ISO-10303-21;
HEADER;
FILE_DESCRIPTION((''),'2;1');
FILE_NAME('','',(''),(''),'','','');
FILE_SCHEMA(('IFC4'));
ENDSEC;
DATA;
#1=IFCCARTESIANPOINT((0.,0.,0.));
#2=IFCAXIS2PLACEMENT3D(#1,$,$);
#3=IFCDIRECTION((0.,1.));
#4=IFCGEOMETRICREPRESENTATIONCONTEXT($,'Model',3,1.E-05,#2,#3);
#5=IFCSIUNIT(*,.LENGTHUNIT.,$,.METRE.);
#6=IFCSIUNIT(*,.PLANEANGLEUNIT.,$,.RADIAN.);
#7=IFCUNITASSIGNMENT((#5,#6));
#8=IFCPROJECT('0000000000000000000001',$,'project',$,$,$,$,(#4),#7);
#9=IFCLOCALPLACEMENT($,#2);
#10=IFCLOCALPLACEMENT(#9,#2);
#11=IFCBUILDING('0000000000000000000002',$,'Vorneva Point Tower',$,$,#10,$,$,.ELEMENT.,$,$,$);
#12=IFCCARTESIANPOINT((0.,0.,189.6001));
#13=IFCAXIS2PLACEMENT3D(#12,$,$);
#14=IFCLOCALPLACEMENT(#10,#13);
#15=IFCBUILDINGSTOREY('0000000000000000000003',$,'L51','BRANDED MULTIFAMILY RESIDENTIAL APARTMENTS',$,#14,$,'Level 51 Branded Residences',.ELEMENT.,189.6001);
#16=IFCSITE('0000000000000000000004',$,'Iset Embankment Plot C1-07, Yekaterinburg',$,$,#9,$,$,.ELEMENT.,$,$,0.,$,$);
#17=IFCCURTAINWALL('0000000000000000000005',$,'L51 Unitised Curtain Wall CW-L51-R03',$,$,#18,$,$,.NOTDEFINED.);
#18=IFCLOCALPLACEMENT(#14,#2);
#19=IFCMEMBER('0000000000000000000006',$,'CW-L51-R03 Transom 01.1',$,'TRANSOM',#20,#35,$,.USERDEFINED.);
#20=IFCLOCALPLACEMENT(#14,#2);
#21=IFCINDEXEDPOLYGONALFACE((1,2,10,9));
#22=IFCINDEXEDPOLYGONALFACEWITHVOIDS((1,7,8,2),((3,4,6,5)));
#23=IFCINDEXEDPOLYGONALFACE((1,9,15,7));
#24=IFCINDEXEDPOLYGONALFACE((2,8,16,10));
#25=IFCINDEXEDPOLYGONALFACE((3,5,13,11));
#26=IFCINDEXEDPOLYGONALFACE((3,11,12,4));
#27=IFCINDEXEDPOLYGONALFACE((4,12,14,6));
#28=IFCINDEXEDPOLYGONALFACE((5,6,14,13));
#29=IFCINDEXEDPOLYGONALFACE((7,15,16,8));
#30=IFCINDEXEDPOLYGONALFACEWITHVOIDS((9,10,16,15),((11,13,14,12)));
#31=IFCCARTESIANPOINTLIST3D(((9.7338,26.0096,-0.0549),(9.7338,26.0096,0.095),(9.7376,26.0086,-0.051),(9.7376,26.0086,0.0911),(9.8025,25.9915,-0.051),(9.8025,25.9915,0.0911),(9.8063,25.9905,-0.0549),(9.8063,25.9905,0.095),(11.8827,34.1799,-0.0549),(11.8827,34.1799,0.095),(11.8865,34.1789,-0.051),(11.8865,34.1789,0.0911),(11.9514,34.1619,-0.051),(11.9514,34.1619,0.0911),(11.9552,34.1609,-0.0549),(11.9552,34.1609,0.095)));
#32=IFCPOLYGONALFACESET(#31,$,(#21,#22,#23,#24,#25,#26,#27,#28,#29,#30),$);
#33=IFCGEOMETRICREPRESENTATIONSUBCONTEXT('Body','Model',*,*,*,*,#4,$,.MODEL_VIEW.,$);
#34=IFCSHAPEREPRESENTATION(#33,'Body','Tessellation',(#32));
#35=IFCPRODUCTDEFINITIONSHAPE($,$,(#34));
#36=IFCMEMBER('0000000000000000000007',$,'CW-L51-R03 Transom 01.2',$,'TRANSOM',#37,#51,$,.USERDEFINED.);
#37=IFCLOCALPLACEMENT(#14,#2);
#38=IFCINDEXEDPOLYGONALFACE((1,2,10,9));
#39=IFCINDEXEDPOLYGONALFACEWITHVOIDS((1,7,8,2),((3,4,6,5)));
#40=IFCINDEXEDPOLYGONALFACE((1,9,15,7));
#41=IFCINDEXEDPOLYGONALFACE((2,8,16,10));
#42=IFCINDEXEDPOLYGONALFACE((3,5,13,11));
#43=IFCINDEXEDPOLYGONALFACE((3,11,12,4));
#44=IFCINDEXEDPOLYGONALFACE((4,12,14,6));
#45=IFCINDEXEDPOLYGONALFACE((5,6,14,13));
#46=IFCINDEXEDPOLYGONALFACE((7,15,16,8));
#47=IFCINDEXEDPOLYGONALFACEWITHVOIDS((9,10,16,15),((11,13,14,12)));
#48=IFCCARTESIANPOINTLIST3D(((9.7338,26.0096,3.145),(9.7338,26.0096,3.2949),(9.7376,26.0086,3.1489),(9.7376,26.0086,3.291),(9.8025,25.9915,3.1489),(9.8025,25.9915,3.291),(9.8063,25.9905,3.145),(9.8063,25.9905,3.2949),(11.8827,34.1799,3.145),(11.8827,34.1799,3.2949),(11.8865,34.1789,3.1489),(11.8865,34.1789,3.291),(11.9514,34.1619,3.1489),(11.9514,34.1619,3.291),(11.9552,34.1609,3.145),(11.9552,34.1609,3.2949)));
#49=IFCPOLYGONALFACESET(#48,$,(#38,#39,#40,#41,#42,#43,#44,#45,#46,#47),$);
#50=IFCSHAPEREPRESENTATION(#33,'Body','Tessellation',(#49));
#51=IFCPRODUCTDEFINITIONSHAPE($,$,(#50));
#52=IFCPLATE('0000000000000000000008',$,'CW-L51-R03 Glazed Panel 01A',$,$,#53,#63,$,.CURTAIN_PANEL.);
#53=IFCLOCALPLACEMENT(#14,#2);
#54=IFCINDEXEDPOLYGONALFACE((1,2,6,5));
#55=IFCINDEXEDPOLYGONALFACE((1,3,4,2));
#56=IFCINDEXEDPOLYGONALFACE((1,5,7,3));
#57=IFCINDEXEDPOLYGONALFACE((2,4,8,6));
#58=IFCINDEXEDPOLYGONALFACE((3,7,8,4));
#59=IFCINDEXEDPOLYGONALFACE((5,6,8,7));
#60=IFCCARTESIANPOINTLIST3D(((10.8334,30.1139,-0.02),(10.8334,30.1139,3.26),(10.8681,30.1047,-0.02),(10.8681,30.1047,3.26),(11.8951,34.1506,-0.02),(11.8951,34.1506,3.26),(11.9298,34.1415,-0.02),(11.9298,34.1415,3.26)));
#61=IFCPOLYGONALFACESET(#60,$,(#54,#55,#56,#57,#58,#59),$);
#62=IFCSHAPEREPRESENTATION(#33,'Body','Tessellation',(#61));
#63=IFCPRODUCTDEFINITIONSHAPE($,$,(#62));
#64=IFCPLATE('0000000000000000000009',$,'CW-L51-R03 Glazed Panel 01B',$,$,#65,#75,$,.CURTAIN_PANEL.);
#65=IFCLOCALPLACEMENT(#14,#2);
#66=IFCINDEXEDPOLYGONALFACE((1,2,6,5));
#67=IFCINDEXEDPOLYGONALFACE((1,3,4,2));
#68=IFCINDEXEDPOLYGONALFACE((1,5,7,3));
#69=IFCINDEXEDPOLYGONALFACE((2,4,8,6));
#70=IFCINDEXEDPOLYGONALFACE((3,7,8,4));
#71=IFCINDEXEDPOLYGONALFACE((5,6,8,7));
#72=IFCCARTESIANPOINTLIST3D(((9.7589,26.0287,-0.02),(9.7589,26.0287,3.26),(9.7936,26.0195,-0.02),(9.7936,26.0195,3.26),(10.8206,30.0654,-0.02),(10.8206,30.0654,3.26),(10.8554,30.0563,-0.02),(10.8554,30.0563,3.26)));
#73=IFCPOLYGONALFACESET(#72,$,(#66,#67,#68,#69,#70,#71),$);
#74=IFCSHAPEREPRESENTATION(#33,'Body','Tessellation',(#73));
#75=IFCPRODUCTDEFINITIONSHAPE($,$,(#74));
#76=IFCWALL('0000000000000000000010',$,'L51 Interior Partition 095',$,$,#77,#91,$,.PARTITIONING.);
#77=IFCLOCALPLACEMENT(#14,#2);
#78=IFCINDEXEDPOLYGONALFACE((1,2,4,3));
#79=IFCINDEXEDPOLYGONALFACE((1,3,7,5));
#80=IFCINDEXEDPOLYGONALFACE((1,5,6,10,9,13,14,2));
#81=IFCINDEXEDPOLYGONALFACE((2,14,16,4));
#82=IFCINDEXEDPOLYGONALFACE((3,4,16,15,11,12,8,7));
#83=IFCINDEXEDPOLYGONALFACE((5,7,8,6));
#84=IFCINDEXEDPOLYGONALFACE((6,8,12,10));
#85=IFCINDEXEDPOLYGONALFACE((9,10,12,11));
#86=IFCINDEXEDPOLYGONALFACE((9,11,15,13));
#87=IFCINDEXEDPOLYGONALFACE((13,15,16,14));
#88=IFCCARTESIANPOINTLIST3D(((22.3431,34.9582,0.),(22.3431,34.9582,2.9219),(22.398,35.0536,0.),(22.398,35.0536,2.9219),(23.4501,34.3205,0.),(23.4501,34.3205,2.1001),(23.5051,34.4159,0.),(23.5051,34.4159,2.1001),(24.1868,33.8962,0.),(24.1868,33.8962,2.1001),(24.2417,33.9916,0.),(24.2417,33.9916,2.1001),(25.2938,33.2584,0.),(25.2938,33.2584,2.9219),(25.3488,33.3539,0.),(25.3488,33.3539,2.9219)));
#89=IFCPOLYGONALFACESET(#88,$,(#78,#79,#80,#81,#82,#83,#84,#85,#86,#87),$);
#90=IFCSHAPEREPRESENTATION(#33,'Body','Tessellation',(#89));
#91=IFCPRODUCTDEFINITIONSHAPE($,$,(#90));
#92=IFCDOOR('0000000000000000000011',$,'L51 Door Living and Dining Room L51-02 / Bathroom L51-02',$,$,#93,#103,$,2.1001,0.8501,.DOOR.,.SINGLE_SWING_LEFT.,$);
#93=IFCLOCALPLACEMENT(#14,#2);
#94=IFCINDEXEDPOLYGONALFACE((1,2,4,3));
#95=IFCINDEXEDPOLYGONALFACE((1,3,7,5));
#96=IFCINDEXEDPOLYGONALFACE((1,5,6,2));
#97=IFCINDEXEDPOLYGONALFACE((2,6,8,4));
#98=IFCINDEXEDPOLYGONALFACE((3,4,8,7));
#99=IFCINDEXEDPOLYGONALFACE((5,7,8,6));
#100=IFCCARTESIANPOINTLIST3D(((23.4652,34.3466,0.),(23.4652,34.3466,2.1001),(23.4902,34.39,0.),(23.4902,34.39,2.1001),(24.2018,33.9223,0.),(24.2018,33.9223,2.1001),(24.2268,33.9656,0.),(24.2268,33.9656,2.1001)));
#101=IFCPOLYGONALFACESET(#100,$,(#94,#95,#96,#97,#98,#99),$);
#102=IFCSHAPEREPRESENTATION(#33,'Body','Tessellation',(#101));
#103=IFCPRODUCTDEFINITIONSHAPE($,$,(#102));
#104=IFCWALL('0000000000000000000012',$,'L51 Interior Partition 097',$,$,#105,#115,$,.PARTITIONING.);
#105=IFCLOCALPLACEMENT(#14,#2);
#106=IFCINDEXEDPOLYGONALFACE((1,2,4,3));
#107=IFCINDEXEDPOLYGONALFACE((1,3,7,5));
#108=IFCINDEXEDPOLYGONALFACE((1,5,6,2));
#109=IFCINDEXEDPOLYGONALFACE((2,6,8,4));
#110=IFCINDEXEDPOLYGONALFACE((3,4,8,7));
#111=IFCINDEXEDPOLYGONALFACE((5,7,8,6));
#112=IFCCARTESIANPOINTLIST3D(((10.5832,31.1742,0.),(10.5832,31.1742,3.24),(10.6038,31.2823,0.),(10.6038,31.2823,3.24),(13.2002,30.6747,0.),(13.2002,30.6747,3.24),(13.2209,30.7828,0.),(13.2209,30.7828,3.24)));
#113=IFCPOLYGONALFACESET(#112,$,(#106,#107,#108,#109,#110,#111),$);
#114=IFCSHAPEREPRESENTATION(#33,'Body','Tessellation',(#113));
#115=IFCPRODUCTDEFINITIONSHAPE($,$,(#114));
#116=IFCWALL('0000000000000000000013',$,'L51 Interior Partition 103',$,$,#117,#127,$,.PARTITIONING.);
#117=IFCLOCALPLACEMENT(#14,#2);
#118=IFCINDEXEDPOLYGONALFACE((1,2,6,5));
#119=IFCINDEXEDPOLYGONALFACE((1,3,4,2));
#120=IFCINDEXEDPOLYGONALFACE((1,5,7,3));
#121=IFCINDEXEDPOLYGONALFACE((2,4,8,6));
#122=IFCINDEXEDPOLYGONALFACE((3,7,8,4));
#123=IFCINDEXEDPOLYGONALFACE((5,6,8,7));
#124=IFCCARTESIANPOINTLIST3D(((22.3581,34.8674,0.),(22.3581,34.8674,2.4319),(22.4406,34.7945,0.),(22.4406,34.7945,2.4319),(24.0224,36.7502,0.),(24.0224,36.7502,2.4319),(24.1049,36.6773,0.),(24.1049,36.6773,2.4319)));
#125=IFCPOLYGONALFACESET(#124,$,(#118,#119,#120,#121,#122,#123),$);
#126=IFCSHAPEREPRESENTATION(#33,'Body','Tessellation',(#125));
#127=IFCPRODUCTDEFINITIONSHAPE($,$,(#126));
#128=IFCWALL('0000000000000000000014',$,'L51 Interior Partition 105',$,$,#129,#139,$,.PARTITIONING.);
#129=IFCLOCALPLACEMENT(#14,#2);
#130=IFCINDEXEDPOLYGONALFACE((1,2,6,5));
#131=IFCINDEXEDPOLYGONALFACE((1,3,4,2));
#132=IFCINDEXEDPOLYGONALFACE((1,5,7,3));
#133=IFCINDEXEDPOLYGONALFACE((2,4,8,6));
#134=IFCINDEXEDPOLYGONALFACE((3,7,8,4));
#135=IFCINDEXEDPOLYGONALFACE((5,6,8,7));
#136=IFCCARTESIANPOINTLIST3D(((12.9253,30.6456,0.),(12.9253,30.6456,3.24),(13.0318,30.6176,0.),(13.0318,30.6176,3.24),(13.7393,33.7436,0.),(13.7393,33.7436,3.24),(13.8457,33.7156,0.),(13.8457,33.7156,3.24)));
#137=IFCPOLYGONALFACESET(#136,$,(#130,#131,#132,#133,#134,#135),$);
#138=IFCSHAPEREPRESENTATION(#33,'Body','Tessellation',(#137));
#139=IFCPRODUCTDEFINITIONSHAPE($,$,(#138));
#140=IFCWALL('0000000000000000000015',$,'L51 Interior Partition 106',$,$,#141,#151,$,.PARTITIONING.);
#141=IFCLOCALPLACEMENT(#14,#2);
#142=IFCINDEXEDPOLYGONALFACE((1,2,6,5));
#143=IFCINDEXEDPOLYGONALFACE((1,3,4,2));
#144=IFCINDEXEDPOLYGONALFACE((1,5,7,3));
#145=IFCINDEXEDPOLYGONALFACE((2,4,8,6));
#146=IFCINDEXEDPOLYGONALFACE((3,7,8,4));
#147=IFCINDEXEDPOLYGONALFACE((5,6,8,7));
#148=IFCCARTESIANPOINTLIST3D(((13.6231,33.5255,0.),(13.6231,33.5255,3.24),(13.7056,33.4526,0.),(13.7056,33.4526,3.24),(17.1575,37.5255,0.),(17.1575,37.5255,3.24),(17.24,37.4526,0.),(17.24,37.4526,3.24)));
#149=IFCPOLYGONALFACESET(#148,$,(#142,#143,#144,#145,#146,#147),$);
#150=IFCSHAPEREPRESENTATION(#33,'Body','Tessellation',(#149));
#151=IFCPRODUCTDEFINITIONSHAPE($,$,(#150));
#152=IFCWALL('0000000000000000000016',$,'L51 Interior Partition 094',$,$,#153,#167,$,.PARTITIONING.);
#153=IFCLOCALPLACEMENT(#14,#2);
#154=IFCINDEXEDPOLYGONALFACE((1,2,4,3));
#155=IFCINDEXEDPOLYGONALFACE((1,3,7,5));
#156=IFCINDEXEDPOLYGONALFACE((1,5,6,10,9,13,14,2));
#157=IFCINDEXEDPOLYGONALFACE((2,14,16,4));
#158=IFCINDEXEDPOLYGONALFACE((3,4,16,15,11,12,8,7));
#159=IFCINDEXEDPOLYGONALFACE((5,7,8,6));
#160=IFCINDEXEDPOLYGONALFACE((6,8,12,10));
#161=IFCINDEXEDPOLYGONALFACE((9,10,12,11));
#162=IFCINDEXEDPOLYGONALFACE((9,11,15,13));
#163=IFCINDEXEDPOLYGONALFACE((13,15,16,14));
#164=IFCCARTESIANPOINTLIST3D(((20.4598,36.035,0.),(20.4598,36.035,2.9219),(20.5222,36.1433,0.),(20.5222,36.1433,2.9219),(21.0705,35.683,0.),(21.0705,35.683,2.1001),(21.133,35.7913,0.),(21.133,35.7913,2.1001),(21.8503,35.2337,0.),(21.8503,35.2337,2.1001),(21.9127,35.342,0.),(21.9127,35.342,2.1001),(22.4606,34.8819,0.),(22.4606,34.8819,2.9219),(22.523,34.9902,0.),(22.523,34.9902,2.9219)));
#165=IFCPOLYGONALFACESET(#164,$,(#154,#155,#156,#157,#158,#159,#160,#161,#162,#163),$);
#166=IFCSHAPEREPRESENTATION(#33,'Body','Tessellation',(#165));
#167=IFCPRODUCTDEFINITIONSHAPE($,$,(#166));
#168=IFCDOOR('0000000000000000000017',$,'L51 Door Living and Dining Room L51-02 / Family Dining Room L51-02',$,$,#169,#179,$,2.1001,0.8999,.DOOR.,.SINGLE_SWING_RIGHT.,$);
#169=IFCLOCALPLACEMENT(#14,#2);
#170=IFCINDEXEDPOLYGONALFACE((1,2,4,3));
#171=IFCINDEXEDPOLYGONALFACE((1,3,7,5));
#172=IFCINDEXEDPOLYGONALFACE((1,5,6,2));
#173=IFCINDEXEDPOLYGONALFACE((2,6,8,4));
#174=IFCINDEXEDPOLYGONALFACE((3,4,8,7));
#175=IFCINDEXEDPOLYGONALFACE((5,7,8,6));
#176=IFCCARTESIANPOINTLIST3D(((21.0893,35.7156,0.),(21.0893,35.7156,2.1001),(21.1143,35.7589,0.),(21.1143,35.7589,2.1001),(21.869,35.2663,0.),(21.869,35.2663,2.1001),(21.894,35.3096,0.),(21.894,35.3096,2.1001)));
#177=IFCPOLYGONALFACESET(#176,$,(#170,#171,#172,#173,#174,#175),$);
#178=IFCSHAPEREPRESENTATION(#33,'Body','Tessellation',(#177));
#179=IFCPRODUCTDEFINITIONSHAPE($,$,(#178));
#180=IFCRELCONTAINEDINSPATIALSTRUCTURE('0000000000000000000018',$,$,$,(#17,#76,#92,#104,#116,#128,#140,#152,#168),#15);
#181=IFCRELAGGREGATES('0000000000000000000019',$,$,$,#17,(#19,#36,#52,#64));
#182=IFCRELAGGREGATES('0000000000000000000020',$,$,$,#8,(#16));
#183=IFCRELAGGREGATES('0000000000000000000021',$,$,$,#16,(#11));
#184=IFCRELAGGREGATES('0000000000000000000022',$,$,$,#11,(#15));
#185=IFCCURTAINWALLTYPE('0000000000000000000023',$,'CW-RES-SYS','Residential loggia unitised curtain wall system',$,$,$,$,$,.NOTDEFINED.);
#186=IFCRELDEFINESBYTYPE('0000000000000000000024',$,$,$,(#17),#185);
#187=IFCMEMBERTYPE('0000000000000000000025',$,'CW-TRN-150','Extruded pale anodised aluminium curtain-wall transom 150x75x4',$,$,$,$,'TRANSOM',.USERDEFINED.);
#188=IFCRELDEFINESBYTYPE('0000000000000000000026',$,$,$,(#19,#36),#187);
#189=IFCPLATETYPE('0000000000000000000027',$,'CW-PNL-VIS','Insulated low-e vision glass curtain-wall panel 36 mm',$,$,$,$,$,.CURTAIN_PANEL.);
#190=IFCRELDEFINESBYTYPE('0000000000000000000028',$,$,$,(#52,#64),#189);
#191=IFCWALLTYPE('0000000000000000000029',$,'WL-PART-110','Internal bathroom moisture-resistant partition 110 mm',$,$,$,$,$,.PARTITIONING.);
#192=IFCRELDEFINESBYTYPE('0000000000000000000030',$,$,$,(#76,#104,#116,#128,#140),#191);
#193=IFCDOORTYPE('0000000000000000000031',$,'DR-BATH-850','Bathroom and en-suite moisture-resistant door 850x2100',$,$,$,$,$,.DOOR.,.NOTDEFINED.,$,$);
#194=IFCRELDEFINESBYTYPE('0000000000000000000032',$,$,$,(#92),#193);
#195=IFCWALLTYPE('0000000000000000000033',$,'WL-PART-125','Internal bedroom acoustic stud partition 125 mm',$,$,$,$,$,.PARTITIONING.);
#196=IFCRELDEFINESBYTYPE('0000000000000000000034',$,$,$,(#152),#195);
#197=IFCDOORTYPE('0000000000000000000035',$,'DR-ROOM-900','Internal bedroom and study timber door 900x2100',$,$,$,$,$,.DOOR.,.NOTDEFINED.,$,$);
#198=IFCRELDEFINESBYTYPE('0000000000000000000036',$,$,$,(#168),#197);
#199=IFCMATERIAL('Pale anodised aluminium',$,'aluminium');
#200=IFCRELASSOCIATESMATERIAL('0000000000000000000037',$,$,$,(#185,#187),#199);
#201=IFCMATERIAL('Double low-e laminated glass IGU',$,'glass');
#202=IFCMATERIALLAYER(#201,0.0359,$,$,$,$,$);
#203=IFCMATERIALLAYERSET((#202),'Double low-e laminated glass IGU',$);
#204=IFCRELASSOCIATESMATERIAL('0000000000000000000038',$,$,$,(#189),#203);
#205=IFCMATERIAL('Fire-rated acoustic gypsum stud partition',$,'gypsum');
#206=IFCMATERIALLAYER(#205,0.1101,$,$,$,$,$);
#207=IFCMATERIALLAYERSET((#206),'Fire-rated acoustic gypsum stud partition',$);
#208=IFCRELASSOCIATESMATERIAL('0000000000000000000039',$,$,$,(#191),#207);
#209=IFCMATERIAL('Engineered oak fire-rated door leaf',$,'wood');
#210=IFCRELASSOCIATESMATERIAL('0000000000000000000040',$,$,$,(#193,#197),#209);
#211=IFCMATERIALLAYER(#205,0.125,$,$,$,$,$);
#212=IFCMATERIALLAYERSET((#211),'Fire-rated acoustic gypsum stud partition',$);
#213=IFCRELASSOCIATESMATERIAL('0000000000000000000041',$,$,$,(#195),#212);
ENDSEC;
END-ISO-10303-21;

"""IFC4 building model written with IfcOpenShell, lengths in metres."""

from ifc_helpers import new_model, si_unit, direction, frame, frame_2d, origin, origin_2d, place, context, subcontext, project, spatial, rectangle, hollow_rectangle, extrude, material, layer, layer_set, material_profile, profile_set, type_object, element, fill, aggregate, save


model = new_model("IFC4")

# Units and contexts
model_context = context("Model", 3, precision=1e-05, world=origin(), true_north=direction((0.0, 1.0)))
body_context = subcontext(model_context, "Body", "Model", "MODEL_VIEW")
ifc_project = project(units=[si_unit("LENGTHUNIT", "METRE"), si_unit("PLANEANGLEUNIT", "RADIAN")], contexts=[model_context])

# Site, building, storey
site_placement = place(None, origin())
site = spatial("IfcSite", under=ifc_project, at=site_placement, Name="Iset Embankment Plot C1-07, Yekaterinburg", CompositionType="ELEMENT", RefElevation=0.0)
building_placement = place(site_placement, origin())
building = spatial("IfcBuilding", under=site, at=building_placement, Name="Vorneva Point Tower", CompositionType="ELEMENT")
storey_placement = place(building_placement, frame((0.0, 0.0, 189.6001)))
storey = spatial("IfcBuildingStorey", under=building, at=storey_placement, Name="L51", Description="BRANDED MULTIFAMILY RESIDENTIAL APARTMENTS", LongName="Level 51 Branded Residences", CompositionType="ELEMENT", Elevation=189.6001)

# Curtain wall, members, plates
ifc_material_1 = material(Name="Pale anodised aluminium", Category="aluminium")
curtain_wall_type = type_object("IfcCurtainWallType", Name="CW-RES-SYS", Description="Residential loggia unitised curtain wall system", PredefinedType="NOTDEFINED", material=ifc_material_1)
curtain_wall_placement = place(storey_placement, origin())
curtain_wall = element("IfcCurtainWall", 1, at=curtain_wall_placement, inside=storey, type_object=curtain_wall_type, Name="L51 Unitised Curtain Wall CW-L51-R03", PredefinedType="NOTDEFINED")
ifc_material_profile_1 = material_profile(ifc_material_1, hollow_rectangle(XDim=0.075, YDim=0.1499, WallThickness=0.0039, at=origin_2d()), Name="AL-TRN 150x75x4")
ifc_profile_set_1 = profile_set([ifc_material_profile_1], Name="Pale anodised aluminium")
member_type_1 = type_object("IfcMemberType", Name="CW-TRN-150", Description="Extruded pale anodised aluminium curtain-wall transom 150x75x4", ElementType="TRANSOM", PredefinedType="USERDEFINED", material=ifc_profile_set_1)
member_1_placement = place(storey_placement, frame((11.9189, 34.1704, 0.02), z_axis=(-0.254362, -0.967109, 0.0), x_axis=(0.967109, -0.254362, 0.0)))
member_1 = element("IfcMember", 2, at=member_1_placement, type_object=member_type_1, Name="CW-L51-R03 Transom 01.1", ObjectType="TRANSOM", PredefinedType="USERDEFINED", context=body_context, shape_type="SweptSolid", body=[
    extrude(hollow_rectangle(XDim=0.075, YDim=0.1499, WallThickness=0.0039, at=origin_2d()), origin(), (0.0, 0.0, 1.0), 8.4482),
])
member_2_placement = place(storey_placement, frame((11.9189, 34.1704, 3.22), z_axis=(-0.254362, -0.967109, 0.0), x_axis=(0.967109, -0.254362, 0.0)))
member_2 = element("IfcMember", 3, at=member_2_placement, type_object=member_type_1, Name="CW-L51-R03 Transom 01.2", ObjectType="TRANSOM", PredefinedType="USERDEFINED", context=body_context, shape_type="SweptSolid", body=[
    extrude(hollow_rectangle(XDim=0.075, YDim=0.1499, WallThickness=0.0039, at=origin_2d()), origin(), (0.0, 0.0, 1.0), 8.4482),
])
ifc_material_2 = material(Name="Double low-e laminated glass IGU", Category="glass")
ifc_layer_1 = layer(ifc_material_2, 0.0359)
ifc_layer_set_1 = layer_set([ifc_layer_1], Name="Double low-e laminated glass IGU")
plate_type = type_object("IfcPlateType", Name="CW-PNL-VIS", Description="Insulated low-e vision glass curtain-wall panel 36 mm", PredefinedType="CURTAIN_PANEL", material=ifc_layer_set_1)
plate_1_placement = place(storey_placement, frame((11.3816, 32.1277, -0.02), z_axis=(0.0, 0.0, 1.0), x_axis=(-0.254366, -0.967108, 0.0)))
plate_1 = element("IfcPlate", 4, at=plate_1_placement, type_object=plate_type, Name="CW-L51-R03 Glazed Panel 01A", PredefinedType="CURTAIN_PANEL", context=body_context, shape_type="SweptSolid", body=[
    extrude(rectangle(XDim=4.1741, YDim=0.0359, at=origin_2d()), origin(), (0.0, 0.0, 1.0), 3.28),
])
plate_2_placement = place(storey_placement, frame((10.3071, 28.0425, -0.02), z_axis=(0.0, 0.0, 1.0), x_axis=(-0.254366, -0.967108, 0.0)))
plate_2 = element("IfcPlate", 5, at=plate_2_placement, type_object=plate_type, Name="CW-L51-R03 Glazed Panel 01B", PredefinedType="CURTAIN_PANEL", context=body_context, shape_type="SweptSolid", body=[
    extrude(rectangle(XDim=4.1741, YDim=0.0359, at=origin_2d()), origin(), (0.0, 0.0, 1.0), 3.28),
])
aggregate(curtain_wall, [member_1, member_2, plate_1, plate_2])

# Wall, opening, door
ifc_material_3 = material(Name="Fire-rated acoustic gypsum stud partition", Category="gypsum")
ifc_layer_2 = layer(ifc_material_3, 0.1101)
ifc_layer_set_2 = layer_set([ifc_layer_2], Name="Fire-rated acoustic gypsum stud partition")
wall_type_1 = type_object("IfcWallType", Name="WL-PART-110", Description="Internal bathroom moisture-resistant partition 110 mm", PredefinedType="PARTITIONING", material=ifc_layer_set_2)
wall_1_placement = place(storey_placement, frame((25.3213, 33.3062, 0.0), z_axis=(0.0, 0.0, 1.0), x_axis=(-0.866517, 0.499147, 0.0)))
wall_1 = element("IfcWall", 6, at=wall_1_placement, inside=storey, type_object=wall_type_1, Name="L51 Interior Partition 095", PredefinedType="PARTITIONING", context=body_context, shape_type="SweptSolid", body=[
    extrude(rectangle(XDim=3.4053, YDim=0.1101, at=frame_2d((1.7026, 0.0))), origin(), (0.0, 0.0, 1.0), 2.9219),
])
opening_1_placement = place(wall_1_placement, frame((1.2776, 0.0, 0.0)))
opening_1 = element("IfcOpeningElement", 7, at=opening_1_placement, cuts=wall_1, PredefinedType="OPENING", context=body_context, shape_type="SweptSolid", body=[
    extrude(rectangle(XDim=0.8501, YDim=2.1001, at=frame_2d((0.425, 1.05))), frame((0.0, 0.0698, 0.0), z_axis=(0.0, -1.0, 0.0), x_axis=(1.0, 0.0, 0.0)), (0.0, 0.0, 1.0), 0.1399),
])
ifc_material_4 = material(Name="Engineered oak fire-rated door leaf", Category="wood")
door_type_1 = type_object("IfcDoorType", Name="DR-BATH-850", Description="Bathroom and en-suite moisture-resistant door 850x2100", OperationType="NOTDEFINED", PredefinedType="DOOR", material=ifc_material_4)
door_1_placement = place(opening_1_placement, origin())
door_1 = element("IfcDoor", 8, at=door_1_placement, inside=storey, type_object=door_type_1, Name="L51 Door Living and Dining Room L51-02 / Bathroom L51-02", OperationType="SINGLE_SWING_LEFT", OverallHeight=2.1001, OverallWidth=0.8501, PredefinedType="DOOR", context=body_context, shape_type="SweptSolid", body=[
    extrude(rectangle(XDim=0.8501, YDim=2.1001, at=frame_2d((0.425, 1.05))), frame((0.0, 0.0249, 0.0), z_axis=(0.0, -1.0, 0.0), x_axis=(1.0, 0.0, 0.0)), (0.0, 0.0, 1.0), 0.05),
])
fill(opening_1, door_1)

# Walls
wall_2_placement = place(storey_placement, frame((13.2104, 30.7288, 0.0), z_axis=(0.0, 0.0, 1.0), x_axis=(-0.982266, 0.187491, 0.0)))
element("IfcWall", 9, at=wall_2_placement, inside=storey, type_object=wall_type_1, Name="L51 Interior Partition 097", PredefinedType="PARTITIONING", context=body_context, shape_type="SweptSolid", body=[
    extrude(rectangle(XDim=2.6643, YDim=0.1101, at=frame_2d((1.332, 0.0))), origin(), (0.0, 0.0, 1.0), 3.24),
])
wall_3_placement = place(storey_placement, frame((22.3994, 34.8311, 0.0), z_axis=(0.0, 0.0, 1.0), x_axis=(0.662293, 0.749245, 0.0)))
element("IfcWall", 10, at=wall_3_placement, inside=storey, type_object=wall_type_1, Name="L51 Interior Partition 103", PredefinedType="PARTITIONING", context=body_context, shape_type="SweptSolid", body=[
    extrude(rectangle(XDim=2.5129, YDim=0.1101, at=frame_2d((1.2563, 0.0))), origin(), (0.0, 0.0, 1.0), 2.4319),
])
wall_4_placement = place(storey_placement, frame((12.9785, 30.6316, 0.0), z_axis=(0.0, 0.0, 1.0), x_axis=(0.254122, 0.967172, 0.0)))
element("IfcWall", 11, at=wall_4_placement, inside=storey, type_object=wall_type_1, Name="L51 Interior Partition 105", PredefinedType="PARTITIONING", context=body_context, shape_type="SweptSolid", body=[
    extrude(rectangle(XDim=3.2031, YDim=0.1101, at=frame_2d((1.6016, 0.0))), origin(), (0.0, 0.0, 1.0), 3.24),
])
wall_5_placement = place(storey_placement, frame((13.6643, 33.489, 0.0), z_axis=(0.0, 0.0, 1.0), x_axis=(0.662149, 0.749372, 0.0)))
element("IfcWall", 12, at=wall_5_placement, inside=storey, type_object=wall_type_1, Name="L51 Interior Partition 106", PredefinedType="PARTITIONING", context=body_context, shape_type="SweptSolid", body=[
    extrude(rectangle(XDim=5.3379, YDim=0.1101, at=frame_2d((2.6689, 0.0))), origin(), (0.0, 0.0, 1.0), 3.24),
])

# Wall, opening, door
ifc_layer_3 = layer(ifc_material_3, 0.125)
ifc_layer_set_3 = layer_set([ifc_layer_3], Name="Fire-rated acoustic gypsum stud partition")
wall_type_2 = type_object("IfcWallType", Name="WL-PART-125", Description="Internal bedroom acoustic stud partition 125 mm", PredefinedType="PARTITIONING", material=ifc_layer_set_3)
wall_6_placement = place(storey_placement, frame((22.4919, 34.936, 0.0), z_axis=(0.0, 0.0, 1.0), x_axis=(-0.866435, 0.499289, 0.0)))
wall_6 = element("IfcWall", 13, at=wall_6_placement, inside=storey, type_object=wall_type_2, Name="L51 Interior Partition 094", PredefinedType="PARTITIONING", context=body_context, shape_type="SweptSolid", body=[
    extrude(rectangle(XDim=2.3093, YDim=0.125, at=frame_2d((1.1548, 0.0))), origin(), (0.0, 0.0, 1.0), 2.9219),
])
opening_2_placement = place(wall_6_placement, frame((0.7046, 0.0, 0.0)))
opening_2 = element("IfcOpeningElement", 14, at=opening_2_placement, cuts=wall_6, PredefinedType="OPENING", context=body_context, shape_type="SweptSolid", body=[
    extrude(rectangle(XDim=0.8999, YDim=2.1001, at=frame_2d((0.45, 1.05))), frame((0.0, 0.0774, 0.0), z_axis=(0.0, -1.0, 0.0), x_axis=(1.0, 0.0, 0.0)), (0.0, 0.0, 1.0), 0.1548),
])
door_type_2 = type_object("IfcDoorType", Name="DR-ROOM-900", Description="Internal bedroom and study timber door 900x2100", OperationType="NOTDEFINED", PredefinedType="DOOR", material=ifc_material_4)
door_2_placement = place(opening_2_placement, origin())
door_2 = element("IfcDoor", 15, at=door_2_placement, inside=storey, type_object=door_type_2, Name="L51 Door Living and Dining Room L51-02 / Family Dining Room L51-02", OperationType="SINGLE_SWING_RIGHT", OverallHeight=2.1001, OverallWidth=0.8999, PredefinedType="DOOR", context=body_context, shape_type="SweptSolid", body=[
    extrude(rectangle(XDim=0.8999, YDim=2.1001, at=frame_2d((0.45, 1.05))), frame((0.0, 0.0249, 0.0), z_axis=(0.0, -1.0, 0.0), x_axis=(1.0, 0.0, 0.0)), (0.0, 0.0, 1.0), 0.05),
])
fill(opening_2, door_2)

save(model, "model.ifc")
